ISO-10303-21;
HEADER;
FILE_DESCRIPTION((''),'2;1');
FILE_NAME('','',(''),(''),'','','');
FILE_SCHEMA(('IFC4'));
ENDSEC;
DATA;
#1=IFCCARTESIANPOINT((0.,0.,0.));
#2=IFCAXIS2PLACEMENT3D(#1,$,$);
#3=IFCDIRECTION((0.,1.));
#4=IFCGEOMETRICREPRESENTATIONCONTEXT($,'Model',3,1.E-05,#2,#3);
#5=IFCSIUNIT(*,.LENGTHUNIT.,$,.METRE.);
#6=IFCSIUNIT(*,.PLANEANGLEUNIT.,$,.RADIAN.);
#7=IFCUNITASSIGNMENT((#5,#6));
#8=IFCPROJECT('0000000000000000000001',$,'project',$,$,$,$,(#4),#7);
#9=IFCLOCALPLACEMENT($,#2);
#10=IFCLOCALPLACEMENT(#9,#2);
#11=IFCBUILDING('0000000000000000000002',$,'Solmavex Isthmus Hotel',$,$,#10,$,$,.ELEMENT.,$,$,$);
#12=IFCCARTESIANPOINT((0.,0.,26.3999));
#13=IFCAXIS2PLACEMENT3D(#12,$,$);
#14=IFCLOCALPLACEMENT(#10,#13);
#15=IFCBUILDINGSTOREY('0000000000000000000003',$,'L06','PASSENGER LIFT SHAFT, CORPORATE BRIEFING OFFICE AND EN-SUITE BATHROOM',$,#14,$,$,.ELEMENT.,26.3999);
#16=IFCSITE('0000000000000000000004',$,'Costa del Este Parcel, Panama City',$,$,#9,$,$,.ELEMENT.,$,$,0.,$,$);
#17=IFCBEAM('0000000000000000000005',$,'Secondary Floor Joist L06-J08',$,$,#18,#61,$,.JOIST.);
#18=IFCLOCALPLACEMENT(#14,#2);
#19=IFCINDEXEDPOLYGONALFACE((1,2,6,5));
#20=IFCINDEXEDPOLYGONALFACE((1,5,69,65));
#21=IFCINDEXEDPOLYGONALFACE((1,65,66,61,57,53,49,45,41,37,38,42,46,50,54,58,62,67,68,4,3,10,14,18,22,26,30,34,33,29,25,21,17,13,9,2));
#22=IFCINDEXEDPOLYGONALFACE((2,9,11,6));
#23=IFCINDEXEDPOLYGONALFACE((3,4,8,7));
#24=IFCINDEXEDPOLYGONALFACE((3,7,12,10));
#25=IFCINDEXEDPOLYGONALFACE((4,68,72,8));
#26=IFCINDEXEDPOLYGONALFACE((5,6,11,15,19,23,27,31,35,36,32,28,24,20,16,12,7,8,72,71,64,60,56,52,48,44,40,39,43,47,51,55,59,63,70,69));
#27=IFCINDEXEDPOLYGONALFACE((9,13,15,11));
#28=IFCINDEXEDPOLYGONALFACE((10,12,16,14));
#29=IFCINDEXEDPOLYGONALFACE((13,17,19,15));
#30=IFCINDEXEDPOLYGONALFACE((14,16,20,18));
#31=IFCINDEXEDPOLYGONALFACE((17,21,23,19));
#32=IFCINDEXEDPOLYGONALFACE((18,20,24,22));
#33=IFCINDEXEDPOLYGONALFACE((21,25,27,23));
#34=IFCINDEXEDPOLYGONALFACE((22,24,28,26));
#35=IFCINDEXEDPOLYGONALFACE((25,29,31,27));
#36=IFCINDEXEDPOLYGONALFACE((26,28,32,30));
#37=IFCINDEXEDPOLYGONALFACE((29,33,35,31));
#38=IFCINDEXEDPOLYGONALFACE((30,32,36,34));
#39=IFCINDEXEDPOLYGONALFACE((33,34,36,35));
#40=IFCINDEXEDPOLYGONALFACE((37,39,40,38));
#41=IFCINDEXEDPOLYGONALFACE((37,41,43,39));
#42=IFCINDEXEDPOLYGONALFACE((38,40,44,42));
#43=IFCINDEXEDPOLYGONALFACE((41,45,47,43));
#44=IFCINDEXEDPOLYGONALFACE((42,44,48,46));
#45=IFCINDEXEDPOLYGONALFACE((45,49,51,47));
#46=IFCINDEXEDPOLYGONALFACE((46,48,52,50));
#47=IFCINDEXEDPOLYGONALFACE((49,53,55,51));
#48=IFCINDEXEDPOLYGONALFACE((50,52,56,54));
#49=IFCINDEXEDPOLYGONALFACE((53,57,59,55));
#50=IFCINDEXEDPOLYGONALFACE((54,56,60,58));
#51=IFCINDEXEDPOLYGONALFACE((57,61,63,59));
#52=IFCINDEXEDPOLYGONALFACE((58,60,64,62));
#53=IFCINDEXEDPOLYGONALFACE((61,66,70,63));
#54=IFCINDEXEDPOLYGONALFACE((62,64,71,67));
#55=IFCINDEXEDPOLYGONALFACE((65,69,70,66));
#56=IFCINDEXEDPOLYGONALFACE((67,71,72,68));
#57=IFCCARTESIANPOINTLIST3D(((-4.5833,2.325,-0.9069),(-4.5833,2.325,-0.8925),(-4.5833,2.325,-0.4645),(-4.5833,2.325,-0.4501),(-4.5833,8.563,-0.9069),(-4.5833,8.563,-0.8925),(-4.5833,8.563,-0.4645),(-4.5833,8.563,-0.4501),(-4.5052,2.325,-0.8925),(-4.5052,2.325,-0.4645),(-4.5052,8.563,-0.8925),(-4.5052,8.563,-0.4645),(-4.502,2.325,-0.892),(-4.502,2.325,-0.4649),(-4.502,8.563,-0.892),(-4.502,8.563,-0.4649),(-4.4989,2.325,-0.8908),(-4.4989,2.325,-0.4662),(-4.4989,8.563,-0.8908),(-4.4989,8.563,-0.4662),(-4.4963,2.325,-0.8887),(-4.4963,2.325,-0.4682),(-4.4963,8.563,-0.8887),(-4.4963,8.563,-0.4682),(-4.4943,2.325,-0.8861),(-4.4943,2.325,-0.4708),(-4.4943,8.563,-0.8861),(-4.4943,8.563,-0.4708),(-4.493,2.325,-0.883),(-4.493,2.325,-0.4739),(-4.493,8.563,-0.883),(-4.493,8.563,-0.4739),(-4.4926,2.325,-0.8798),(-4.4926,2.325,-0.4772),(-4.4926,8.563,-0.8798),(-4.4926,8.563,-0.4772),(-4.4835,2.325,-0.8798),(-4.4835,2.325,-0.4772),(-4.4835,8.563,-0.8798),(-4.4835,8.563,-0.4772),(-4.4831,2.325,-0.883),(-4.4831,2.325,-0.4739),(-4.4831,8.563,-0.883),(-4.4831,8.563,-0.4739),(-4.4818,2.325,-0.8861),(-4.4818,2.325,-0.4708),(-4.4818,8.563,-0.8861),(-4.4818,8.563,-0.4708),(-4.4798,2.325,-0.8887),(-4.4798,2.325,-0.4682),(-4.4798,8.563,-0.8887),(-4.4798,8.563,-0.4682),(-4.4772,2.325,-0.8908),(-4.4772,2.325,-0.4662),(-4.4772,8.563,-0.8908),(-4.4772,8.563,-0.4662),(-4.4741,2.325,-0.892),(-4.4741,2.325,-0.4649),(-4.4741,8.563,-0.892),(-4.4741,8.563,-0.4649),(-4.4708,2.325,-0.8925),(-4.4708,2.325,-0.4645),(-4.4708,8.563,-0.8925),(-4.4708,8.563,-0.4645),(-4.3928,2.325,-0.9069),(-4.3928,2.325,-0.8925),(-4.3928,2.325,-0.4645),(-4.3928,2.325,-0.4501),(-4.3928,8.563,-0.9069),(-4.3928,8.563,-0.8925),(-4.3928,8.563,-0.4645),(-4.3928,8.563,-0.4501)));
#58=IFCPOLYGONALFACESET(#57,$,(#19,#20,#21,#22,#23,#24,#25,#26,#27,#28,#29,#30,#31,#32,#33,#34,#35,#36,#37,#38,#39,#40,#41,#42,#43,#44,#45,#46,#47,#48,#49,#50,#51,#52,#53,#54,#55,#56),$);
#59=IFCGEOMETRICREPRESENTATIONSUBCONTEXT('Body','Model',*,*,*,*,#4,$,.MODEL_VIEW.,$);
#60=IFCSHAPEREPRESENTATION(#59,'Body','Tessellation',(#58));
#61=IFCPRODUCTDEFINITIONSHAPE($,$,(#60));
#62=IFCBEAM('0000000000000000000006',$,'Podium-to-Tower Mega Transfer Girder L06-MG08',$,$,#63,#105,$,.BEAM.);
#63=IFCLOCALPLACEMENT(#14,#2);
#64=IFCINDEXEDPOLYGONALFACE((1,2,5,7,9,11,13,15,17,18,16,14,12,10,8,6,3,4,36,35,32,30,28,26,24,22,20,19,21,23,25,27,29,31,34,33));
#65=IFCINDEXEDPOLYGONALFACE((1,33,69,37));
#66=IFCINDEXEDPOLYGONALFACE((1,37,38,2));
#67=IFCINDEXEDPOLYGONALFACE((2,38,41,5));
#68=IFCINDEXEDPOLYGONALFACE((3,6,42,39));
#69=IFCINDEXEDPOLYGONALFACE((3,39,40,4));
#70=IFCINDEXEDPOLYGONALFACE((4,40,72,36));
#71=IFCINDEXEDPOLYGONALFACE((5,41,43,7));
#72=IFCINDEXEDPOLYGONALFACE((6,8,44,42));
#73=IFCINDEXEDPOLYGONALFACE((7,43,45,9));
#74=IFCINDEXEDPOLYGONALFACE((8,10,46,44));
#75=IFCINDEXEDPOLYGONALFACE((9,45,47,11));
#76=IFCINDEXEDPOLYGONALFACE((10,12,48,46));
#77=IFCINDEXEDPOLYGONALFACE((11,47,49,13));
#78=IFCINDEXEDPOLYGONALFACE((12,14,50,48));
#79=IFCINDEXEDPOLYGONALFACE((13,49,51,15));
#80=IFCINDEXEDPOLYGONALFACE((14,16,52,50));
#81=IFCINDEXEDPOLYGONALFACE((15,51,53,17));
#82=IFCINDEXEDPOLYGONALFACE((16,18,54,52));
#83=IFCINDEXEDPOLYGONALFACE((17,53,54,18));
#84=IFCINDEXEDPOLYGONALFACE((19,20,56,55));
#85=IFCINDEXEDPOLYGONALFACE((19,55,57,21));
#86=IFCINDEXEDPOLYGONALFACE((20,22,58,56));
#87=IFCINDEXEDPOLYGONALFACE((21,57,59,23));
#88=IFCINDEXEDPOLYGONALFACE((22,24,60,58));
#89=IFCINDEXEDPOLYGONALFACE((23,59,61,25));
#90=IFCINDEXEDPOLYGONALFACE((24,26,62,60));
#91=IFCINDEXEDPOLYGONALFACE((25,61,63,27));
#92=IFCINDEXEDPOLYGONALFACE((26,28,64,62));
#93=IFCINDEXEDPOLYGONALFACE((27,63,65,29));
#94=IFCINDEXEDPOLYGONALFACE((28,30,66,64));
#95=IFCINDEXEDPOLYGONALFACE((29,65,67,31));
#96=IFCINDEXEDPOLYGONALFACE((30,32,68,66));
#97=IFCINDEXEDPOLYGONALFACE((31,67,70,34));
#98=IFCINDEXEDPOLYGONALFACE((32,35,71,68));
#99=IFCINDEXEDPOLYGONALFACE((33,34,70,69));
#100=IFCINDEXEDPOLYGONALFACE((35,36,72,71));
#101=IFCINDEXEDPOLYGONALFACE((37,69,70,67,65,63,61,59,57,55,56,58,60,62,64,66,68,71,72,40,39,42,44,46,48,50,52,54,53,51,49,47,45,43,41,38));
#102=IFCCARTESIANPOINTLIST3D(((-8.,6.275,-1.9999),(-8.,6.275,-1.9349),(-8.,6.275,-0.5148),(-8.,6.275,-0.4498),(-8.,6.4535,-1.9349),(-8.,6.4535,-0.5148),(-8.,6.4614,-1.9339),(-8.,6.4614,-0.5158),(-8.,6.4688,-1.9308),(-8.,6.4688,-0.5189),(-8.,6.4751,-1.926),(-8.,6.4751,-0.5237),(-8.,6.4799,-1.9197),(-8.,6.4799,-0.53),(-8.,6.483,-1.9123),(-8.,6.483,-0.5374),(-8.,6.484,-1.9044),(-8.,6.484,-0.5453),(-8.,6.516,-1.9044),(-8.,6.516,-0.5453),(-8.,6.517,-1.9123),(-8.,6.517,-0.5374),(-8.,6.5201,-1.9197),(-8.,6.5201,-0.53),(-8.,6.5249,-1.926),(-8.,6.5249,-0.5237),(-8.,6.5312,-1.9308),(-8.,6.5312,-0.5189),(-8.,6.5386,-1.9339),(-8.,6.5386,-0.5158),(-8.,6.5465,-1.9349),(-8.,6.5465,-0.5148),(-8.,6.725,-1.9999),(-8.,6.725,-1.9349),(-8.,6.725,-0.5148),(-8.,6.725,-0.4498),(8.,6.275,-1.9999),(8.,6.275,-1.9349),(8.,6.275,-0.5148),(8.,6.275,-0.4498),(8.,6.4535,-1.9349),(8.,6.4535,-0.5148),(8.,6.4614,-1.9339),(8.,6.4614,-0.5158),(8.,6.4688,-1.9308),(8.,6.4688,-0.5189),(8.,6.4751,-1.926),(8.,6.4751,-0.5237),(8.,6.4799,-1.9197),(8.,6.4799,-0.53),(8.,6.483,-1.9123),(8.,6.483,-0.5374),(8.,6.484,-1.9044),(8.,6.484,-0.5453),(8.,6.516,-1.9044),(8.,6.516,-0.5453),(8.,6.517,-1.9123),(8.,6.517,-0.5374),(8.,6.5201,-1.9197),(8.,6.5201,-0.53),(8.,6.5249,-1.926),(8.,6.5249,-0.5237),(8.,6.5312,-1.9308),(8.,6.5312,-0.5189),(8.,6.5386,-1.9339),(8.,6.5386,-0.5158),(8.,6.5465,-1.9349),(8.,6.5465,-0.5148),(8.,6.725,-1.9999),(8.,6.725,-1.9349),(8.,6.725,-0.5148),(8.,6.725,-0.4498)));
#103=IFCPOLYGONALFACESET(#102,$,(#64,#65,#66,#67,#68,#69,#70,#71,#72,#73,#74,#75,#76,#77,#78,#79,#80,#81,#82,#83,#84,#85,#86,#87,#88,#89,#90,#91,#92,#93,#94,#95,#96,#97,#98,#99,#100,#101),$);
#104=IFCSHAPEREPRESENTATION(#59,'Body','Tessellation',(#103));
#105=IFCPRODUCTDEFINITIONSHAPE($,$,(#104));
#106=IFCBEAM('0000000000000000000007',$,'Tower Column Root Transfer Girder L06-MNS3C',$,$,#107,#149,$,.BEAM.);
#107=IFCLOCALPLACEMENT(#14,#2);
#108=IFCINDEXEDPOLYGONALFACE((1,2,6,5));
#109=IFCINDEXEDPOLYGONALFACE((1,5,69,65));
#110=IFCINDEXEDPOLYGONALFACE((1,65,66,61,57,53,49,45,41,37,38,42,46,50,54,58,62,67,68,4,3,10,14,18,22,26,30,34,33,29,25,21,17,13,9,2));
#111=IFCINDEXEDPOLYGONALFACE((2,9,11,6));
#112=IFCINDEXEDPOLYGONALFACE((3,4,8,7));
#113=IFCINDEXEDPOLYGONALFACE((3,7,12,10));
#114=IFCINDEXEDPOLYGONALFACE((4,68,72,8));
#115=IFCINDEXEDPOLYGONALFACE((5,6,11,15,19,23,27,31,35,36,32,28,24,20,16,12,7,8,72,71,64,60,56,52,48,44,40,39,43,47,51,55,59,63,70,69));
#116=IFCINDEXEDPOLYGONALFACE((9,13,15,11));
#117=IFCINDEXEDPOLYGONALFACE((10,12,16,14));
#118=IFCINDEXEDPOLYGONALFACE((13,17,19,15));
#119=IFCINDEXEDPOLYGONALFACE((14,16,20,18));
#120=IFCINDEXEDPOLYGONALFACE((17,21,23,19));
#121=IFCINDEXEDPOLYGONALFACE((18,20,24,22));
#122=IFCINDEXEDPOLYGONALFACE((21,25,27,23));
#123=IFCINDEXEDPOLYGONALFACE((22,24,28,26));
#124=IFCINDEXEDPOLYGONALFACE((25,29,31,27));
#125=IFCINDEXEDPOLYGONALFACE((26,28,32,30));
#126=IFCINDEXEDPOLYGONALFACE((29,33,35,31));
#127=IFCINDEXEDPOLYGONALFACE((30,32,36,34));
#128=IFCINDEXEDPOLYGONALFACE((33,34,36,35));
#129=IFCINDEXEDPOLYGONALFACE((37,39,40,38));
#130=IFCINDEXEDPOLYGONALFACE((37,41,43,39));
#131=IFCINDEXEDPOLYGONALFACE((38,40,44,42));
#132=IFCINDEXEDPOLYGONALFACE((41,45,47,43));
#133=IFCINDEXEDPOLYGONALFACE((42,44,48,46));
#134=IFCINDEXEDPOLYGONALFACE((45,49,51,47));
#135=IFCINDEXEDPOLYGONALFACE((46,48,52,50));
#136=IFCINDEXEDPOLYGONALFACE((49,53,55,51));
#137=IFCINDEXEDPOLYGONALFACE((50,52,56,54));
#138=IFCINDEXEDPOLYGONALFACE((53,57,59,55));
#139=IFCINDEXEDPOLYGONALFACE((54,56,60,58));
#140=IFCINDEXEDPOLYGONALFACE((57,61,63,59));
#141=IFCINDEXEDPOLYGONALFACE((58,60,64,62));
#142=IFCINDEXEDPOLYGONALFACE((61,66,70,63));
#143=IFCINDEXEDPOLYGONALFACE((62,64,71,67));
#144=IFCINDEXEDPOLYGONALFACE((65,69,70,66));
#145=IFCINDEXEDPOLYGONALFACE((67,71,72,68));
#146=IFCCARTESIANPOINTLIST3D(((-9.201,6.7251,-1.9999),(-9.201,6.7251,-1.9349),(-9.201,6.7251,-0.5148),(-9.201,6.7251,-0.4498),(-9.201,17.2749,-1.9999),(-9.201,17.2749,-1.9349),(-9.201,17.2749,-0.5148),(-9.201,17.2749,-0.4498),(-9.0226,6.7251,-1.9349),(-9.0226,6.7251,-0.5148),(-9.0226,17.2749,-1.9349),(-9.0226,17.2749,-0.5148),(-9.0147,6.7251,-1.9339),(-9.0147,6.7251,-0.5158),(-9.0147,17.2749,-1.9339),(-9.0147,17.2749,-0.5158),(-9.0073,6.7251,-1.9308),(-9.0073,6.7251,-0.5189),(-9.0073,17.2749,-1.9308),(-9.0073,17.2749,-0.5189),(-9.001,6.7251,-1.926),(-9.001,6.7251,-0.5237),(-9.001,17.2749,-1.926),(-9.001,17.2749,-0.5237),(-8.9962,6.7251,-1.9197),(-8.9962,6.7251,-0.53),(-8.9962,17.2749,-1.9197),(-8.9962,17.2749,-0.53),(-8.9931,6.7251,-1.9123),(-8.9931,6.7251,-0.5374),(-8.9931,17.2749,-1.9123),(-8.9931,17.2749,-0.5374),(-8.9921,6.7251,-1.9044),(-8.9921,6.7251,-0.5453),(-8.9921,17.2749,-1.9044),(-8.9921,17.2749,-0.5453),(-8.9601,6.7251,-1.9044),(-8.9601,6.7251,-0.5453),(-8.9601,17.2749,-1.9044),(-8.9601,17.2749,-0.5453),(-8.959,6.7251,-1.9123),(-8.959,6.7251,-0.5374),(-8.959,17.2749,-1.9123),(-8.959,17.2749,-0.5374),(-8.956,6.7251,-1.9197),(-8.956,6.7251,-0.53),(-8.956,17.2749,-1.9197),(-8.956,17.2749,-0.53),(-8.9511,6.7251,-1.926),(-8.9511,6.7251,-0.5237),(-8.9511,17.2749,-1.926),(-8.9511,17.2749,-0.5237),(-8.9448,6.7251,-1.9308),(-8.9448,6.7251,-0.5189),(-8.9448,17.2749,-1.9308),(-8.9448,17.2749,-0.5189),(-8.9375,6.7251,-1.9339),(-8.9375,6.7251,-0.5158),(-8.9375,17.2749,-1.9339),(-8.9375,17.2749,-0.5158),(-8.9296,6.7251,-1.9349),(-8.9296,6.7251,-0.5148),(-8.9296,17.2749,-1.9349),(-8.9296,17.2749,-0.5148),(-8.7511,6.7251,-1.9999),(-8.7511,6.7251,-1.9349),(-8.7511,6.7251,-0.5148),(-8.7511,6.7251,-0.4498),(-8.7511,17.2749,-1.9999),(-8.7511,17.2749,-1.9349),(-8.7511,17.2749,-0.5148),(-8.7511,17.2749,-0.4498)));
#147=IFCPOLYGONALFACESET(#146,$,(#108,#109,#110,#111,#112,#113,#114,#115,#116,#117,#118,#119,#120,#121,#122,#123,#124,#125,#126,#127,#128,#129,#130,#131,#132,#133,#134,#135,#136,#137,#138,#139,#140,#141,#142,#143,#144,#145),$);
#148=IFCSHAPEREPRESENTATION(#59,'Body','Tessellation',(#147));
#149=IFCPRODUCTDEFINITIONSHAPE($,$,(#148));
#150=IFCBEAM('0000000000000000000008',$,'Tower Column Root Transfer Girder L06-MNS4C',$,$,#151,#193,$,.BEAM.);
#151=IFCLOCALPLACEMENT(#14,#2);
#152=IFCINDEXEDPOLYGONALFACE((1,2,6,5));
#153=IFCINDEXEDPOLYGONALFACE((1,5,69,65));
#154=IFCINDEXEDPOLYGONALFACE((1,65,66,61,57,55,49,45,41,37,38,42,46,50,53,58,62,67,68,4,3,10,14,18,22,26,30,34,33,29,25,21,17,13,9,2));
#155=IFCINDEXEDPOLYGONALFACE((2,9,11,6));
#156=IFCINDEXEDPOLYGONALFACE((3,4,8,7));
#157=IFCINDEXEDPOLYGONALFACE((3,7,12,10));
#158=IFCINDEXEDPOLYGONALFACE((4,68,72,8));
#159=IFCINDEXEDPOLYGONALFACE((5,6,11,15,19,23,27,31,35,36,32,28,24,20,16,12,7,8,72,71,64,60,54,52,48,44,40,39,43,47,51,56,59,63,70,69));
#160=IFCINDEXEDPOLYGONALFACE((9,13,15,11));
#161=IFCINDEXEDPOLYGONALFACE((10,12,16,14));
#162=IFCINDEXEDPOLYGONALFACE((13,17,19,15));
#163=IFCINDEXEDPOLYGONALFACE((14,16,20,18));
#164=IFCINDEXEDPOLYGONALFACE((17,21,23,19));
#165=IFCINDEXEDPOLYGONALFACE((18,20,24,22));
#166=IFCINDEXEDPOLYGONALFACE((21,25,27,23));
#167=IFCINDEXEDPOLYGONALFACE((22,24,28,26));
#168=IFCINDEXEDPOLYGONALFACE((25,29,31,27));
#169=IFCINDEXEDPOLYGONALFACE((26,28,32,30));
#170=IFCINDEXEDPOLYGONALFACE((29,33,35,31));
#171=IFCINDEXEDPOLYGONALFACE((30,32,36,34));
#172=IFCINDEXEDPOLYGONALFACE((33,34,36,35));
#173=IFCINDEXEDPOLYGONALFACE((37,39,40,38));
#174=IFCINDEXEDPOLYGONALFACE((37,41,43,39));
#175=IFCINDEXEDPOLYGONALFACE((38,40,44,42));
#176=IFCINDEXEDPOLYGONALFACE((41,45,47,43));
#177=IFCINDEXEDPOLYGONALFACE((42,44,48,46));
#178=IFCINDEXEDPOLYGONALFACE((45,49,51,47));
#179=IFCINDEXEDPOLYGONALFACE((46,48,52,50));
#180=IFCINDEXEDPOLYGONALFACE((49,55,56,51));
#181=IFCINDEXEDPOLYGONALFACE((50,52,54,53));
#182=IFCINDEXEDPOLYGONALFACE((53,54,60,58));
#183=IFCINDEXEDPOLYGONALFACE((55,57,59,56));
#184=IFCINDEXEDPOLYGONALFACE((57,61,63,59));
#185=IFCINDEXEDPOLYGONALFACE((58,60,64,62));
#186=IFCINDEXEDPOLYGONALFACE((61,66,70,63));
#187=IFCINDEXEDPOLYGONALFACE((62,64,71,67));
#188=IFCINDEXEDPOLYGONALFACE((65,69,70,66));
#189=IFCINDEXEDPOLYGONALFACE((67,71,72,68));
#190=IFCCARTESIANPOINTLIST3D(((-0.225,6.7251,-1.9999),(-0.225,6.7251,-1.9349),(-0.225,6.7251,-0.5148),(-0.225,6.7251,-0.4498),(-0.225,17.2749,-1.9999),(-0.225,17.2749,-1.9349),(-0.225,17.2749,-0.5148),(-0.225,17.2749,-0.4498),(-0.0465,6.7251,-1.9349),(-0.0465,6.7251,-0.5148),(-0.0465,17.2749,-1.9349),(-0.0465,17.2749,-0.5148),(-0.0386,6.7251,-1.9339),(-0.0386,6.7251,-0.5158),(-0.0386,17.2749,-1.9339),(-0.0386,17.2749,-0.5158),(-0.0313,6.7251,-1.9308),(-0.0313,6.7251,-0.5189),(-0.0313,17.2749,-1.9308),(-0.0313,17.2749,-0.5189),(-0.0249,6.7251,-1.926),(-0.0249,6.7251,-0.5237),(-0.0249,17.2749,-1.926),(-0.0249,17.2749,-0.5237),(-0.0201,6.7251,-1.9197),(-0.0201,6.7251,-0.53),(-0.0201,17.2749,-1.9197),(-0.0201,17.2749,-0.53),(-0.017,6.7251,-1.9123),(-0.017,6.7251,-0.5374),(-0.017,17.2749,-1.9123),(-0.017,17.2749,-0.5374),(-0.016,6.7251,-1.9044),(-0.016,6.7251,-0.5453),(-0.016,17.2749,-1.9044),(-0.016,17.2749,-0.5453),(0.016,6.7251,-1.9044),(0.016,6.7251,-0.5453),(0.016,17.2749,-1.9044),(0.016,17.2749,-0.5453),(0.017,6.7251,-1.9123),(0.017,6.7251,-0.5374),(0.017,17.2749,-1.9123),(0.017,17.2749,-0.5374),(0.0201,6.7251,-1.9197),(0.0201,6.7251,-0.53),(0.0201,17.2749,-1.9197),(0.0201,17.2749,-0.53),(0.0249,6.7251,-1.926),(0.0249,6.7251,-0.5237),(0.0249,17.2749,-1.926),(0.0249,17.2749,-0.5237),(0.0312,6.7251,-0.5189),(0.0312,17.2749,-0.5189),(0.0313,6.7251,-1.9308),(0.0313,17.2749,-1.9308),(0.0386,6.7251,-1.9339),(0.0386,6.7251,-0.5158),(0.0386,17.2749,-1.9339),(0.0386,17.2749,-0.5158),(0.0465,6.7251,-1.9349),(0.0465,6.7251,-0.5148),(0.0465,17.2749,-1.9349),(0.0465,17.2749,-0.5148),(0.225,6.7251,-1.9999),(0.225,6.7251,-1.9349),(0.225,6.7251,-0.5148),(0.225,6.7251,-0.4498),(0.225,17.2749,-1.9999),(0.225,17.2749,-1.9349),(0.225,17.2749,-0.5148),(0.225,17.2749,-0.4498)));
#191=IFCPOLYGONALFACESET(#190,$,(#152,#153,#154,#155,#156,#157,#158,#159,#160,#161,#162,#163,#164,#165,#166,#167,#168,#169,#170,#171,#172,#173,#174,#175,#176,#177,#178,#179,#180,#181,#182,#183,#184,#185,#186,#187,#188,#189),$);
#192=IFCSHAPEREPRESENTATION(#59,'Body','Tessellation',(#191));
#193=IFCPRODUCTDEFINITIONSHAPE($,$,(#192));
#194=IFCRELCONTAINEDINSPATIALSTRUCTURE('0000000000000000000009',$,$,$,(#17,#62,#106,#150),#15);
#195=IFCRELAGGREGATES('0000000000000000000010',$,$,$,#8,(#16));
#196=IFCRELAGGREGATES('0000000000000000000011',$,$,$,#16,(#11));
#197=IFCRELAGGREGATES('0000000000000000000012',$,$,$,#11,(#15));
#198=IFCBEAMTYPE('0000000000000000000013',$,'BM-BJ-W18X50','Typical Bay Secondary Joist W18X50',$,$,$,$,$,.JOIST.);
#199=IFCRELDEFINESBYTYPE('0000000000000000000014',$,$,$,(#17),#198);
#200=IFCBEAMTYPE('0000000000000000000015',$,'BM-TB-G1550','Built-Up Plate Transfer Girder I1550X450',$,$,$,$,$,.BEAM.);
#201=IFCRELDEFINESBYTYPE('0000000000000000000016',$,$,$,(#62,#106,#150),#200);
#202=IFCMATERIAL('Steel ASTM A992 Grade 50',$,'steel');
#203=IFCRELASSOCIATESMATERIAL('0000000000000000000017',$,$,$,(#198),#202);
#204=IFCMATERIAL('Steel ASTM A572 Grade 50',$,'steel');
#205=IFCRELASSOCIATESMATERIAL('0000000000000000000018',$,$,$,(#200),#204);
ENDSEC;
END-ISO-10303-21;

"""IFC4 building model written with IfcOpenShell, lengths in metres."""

from ifc_helpers import new_model, si_unit, direction, frame, origin, origin_2d, place, context, subcontext, project, spatial, i_section, extrude, material, material_profile, profile_set, type_object, element, save


model = new_model("IFC4")

# Units and contexts
model_context = context("Model", 3, precision=1e-05, world=origin(), true_north=direction((0.0, 1.0)))
body_context = subcontext(model_context, "Body", "Model", "MODEL_VIEW")
ifc_project = project(units=[si_unit("LENGTHUNIT", "METRE"), si_unit("PLANEANGLEUNIT", "RADIAN")], contexts=[model_context])

# Site, building, storey
site_placement = place(None, origin())
site = spatial("IfcSite", under=ifc_project, at=site_placement, Name="Costa del Este Parcel, Panama City", CompositionType="ELEMENT", RefElevation=0.0)
building_placement = place(site_placement, origin())
building = spatial("IfcBuilding", under=site, at=building_placement, Name="Solmavex Isthmus Hotel", CompositionType="ELEMENT")
storey_placement = place(building_placement, frame((0.0, 0.0, 26.3999)))
storey = spatial("IfcBuildingStorey", under=building, at=storey_placement, Name="L06", Description="PASSENGER LIFT SHAFT, CORPORATE BRIEFING OFFICE AND EN-SUITE BATHROOM", CompositionType="ELEMENT", Elevation=26.3999)

# Beams
ifc_material_1 = material(Name="Steel ASTM A992 Grade 50", Category="steel")
ifc_material_profile_1 = material_profile(ifc_material_1, i_section(OverallWidth=0.1904, OverallDepth=0.4568, WebThickness=0.009, FlangeThickness=0.0144, FilletRadius=0.0127, at=origin_2d()), Name="W18X50")
ifc_profile_set_1 = profile_set([ifc_material_profile_1], Name="Steel ASTM A992 Grade 50")
beam_type_1 = type_object("IfcBeamType", Name="BM-BJ-W18X50", Description="Typical Bay Secondary Joist W18X50", PredefinedType="JOIST", material=ifc_profile_set_1)
for number, where, z_axis, x_axis, name in (
    (1, (-4.488, 2.325, -0.6785), (0.0, 1.0, 0.0), (-1.0, 0.0, 0.0), "Secondary Floor Joist L06-J08"),
):
    element("IfcBeam", number, at=place(storey_placement, frame(where, z_axis=z_axis, x_axis=x_axis)), inside=storey, type_object=beam_type_1, Name=name, PredefinedType="JOIST", context=body_context, shape_type="SweptSolid", body=[
        extrude(i_section(OverallWidth=0.1904, OverallDepth=0.4568, WebThickness=0.009, FlangeThickness=0.0144, FilletRadius=0.0127, at=origin_2d()), origin(), (0.0, 0.0, 1.0), 6.238),
    ])
ifc_material_2 = material(Name="Steel ASTM A572 Grade 50", Category="steel")
ifc_material_profile_2 = material_profile(ifc_material_2, i_section(OverallWidth=0.45, OverallDepth=1.55, WebThickness=0.032, FlangeThickness=0.0649, FilletRadius=0.0305, at=origin_2d()), Name="I1550X450")
ifc_profile_set_2 = profile_set([ifc_material_profile_2], Name="Steel ASTM A572 Grade 50")
beam_type_2 = type_object("IfcBeamType", Name="BM-TB-G1550", Description="Built-Up Plate Transfer Girder I1550X450", PredefinedType="BEAM", material=ifc_profile_set_2)
beam_1_placement = place(storey_placement, frame((-8.0, 6.5, -1.2249), z_axis=(1.0, 0.0, 0.0), x_axis=(0.0, 1.0, 0.0)))
element("IfcBeam", 2, at=beam_1_placement, inside=storey, type_object=beam_type_2, Name="Podium-to-Tower Mega Transfer Girder L06-MG08", PredefinedType="BEAM", context=body_context, shape_type="SweptSolid", body=[
    extrude(i_section(OverallWidth=0.45, OverallDepth=1.55, WebThickness=0.032, FlangeThickness=0.0649, FilletRadius=0.0305, at=origin_2d()), origin(), (0.0, 0.0, 1.0), 16.0),
])
for number, where, z_axis, x_axis, name in (
    (3, (-8.9761, 6.7251, -1.2249), (0.0, 1.0, 0.0), (-1.0, 0.0, 0.0), "Tower Column Root Transfer Girder L06-MNS3C"),
    (4, (0.0, 6.7251, -1.2249), (0.0, 1.0, 0.0), (-1.0, 0.0, 0.0), "Tower Column Root Transfer Girder L06-MNS4C"),
):
    element("IfcBeam", number, at=place(storey_placement, frame(where, z_axis=z_axis, x_axis=x_axis)), inside=storey, type_object=beam_type_2, Name=name, PredefinedType="BEAM", context=body_context, shape_type="SweptSolid", body=[
        extrude(i_section(OverallWidth=0.45, OverallDepth=1.55, WebThickness=0.032, FlangeThickness=0.0649, FilletRadius=0.0305, at=origin_2d()), origin(), (0.0, 0.0, 1.0), 10.5498),
    ])

save(model, "model.ifc")
